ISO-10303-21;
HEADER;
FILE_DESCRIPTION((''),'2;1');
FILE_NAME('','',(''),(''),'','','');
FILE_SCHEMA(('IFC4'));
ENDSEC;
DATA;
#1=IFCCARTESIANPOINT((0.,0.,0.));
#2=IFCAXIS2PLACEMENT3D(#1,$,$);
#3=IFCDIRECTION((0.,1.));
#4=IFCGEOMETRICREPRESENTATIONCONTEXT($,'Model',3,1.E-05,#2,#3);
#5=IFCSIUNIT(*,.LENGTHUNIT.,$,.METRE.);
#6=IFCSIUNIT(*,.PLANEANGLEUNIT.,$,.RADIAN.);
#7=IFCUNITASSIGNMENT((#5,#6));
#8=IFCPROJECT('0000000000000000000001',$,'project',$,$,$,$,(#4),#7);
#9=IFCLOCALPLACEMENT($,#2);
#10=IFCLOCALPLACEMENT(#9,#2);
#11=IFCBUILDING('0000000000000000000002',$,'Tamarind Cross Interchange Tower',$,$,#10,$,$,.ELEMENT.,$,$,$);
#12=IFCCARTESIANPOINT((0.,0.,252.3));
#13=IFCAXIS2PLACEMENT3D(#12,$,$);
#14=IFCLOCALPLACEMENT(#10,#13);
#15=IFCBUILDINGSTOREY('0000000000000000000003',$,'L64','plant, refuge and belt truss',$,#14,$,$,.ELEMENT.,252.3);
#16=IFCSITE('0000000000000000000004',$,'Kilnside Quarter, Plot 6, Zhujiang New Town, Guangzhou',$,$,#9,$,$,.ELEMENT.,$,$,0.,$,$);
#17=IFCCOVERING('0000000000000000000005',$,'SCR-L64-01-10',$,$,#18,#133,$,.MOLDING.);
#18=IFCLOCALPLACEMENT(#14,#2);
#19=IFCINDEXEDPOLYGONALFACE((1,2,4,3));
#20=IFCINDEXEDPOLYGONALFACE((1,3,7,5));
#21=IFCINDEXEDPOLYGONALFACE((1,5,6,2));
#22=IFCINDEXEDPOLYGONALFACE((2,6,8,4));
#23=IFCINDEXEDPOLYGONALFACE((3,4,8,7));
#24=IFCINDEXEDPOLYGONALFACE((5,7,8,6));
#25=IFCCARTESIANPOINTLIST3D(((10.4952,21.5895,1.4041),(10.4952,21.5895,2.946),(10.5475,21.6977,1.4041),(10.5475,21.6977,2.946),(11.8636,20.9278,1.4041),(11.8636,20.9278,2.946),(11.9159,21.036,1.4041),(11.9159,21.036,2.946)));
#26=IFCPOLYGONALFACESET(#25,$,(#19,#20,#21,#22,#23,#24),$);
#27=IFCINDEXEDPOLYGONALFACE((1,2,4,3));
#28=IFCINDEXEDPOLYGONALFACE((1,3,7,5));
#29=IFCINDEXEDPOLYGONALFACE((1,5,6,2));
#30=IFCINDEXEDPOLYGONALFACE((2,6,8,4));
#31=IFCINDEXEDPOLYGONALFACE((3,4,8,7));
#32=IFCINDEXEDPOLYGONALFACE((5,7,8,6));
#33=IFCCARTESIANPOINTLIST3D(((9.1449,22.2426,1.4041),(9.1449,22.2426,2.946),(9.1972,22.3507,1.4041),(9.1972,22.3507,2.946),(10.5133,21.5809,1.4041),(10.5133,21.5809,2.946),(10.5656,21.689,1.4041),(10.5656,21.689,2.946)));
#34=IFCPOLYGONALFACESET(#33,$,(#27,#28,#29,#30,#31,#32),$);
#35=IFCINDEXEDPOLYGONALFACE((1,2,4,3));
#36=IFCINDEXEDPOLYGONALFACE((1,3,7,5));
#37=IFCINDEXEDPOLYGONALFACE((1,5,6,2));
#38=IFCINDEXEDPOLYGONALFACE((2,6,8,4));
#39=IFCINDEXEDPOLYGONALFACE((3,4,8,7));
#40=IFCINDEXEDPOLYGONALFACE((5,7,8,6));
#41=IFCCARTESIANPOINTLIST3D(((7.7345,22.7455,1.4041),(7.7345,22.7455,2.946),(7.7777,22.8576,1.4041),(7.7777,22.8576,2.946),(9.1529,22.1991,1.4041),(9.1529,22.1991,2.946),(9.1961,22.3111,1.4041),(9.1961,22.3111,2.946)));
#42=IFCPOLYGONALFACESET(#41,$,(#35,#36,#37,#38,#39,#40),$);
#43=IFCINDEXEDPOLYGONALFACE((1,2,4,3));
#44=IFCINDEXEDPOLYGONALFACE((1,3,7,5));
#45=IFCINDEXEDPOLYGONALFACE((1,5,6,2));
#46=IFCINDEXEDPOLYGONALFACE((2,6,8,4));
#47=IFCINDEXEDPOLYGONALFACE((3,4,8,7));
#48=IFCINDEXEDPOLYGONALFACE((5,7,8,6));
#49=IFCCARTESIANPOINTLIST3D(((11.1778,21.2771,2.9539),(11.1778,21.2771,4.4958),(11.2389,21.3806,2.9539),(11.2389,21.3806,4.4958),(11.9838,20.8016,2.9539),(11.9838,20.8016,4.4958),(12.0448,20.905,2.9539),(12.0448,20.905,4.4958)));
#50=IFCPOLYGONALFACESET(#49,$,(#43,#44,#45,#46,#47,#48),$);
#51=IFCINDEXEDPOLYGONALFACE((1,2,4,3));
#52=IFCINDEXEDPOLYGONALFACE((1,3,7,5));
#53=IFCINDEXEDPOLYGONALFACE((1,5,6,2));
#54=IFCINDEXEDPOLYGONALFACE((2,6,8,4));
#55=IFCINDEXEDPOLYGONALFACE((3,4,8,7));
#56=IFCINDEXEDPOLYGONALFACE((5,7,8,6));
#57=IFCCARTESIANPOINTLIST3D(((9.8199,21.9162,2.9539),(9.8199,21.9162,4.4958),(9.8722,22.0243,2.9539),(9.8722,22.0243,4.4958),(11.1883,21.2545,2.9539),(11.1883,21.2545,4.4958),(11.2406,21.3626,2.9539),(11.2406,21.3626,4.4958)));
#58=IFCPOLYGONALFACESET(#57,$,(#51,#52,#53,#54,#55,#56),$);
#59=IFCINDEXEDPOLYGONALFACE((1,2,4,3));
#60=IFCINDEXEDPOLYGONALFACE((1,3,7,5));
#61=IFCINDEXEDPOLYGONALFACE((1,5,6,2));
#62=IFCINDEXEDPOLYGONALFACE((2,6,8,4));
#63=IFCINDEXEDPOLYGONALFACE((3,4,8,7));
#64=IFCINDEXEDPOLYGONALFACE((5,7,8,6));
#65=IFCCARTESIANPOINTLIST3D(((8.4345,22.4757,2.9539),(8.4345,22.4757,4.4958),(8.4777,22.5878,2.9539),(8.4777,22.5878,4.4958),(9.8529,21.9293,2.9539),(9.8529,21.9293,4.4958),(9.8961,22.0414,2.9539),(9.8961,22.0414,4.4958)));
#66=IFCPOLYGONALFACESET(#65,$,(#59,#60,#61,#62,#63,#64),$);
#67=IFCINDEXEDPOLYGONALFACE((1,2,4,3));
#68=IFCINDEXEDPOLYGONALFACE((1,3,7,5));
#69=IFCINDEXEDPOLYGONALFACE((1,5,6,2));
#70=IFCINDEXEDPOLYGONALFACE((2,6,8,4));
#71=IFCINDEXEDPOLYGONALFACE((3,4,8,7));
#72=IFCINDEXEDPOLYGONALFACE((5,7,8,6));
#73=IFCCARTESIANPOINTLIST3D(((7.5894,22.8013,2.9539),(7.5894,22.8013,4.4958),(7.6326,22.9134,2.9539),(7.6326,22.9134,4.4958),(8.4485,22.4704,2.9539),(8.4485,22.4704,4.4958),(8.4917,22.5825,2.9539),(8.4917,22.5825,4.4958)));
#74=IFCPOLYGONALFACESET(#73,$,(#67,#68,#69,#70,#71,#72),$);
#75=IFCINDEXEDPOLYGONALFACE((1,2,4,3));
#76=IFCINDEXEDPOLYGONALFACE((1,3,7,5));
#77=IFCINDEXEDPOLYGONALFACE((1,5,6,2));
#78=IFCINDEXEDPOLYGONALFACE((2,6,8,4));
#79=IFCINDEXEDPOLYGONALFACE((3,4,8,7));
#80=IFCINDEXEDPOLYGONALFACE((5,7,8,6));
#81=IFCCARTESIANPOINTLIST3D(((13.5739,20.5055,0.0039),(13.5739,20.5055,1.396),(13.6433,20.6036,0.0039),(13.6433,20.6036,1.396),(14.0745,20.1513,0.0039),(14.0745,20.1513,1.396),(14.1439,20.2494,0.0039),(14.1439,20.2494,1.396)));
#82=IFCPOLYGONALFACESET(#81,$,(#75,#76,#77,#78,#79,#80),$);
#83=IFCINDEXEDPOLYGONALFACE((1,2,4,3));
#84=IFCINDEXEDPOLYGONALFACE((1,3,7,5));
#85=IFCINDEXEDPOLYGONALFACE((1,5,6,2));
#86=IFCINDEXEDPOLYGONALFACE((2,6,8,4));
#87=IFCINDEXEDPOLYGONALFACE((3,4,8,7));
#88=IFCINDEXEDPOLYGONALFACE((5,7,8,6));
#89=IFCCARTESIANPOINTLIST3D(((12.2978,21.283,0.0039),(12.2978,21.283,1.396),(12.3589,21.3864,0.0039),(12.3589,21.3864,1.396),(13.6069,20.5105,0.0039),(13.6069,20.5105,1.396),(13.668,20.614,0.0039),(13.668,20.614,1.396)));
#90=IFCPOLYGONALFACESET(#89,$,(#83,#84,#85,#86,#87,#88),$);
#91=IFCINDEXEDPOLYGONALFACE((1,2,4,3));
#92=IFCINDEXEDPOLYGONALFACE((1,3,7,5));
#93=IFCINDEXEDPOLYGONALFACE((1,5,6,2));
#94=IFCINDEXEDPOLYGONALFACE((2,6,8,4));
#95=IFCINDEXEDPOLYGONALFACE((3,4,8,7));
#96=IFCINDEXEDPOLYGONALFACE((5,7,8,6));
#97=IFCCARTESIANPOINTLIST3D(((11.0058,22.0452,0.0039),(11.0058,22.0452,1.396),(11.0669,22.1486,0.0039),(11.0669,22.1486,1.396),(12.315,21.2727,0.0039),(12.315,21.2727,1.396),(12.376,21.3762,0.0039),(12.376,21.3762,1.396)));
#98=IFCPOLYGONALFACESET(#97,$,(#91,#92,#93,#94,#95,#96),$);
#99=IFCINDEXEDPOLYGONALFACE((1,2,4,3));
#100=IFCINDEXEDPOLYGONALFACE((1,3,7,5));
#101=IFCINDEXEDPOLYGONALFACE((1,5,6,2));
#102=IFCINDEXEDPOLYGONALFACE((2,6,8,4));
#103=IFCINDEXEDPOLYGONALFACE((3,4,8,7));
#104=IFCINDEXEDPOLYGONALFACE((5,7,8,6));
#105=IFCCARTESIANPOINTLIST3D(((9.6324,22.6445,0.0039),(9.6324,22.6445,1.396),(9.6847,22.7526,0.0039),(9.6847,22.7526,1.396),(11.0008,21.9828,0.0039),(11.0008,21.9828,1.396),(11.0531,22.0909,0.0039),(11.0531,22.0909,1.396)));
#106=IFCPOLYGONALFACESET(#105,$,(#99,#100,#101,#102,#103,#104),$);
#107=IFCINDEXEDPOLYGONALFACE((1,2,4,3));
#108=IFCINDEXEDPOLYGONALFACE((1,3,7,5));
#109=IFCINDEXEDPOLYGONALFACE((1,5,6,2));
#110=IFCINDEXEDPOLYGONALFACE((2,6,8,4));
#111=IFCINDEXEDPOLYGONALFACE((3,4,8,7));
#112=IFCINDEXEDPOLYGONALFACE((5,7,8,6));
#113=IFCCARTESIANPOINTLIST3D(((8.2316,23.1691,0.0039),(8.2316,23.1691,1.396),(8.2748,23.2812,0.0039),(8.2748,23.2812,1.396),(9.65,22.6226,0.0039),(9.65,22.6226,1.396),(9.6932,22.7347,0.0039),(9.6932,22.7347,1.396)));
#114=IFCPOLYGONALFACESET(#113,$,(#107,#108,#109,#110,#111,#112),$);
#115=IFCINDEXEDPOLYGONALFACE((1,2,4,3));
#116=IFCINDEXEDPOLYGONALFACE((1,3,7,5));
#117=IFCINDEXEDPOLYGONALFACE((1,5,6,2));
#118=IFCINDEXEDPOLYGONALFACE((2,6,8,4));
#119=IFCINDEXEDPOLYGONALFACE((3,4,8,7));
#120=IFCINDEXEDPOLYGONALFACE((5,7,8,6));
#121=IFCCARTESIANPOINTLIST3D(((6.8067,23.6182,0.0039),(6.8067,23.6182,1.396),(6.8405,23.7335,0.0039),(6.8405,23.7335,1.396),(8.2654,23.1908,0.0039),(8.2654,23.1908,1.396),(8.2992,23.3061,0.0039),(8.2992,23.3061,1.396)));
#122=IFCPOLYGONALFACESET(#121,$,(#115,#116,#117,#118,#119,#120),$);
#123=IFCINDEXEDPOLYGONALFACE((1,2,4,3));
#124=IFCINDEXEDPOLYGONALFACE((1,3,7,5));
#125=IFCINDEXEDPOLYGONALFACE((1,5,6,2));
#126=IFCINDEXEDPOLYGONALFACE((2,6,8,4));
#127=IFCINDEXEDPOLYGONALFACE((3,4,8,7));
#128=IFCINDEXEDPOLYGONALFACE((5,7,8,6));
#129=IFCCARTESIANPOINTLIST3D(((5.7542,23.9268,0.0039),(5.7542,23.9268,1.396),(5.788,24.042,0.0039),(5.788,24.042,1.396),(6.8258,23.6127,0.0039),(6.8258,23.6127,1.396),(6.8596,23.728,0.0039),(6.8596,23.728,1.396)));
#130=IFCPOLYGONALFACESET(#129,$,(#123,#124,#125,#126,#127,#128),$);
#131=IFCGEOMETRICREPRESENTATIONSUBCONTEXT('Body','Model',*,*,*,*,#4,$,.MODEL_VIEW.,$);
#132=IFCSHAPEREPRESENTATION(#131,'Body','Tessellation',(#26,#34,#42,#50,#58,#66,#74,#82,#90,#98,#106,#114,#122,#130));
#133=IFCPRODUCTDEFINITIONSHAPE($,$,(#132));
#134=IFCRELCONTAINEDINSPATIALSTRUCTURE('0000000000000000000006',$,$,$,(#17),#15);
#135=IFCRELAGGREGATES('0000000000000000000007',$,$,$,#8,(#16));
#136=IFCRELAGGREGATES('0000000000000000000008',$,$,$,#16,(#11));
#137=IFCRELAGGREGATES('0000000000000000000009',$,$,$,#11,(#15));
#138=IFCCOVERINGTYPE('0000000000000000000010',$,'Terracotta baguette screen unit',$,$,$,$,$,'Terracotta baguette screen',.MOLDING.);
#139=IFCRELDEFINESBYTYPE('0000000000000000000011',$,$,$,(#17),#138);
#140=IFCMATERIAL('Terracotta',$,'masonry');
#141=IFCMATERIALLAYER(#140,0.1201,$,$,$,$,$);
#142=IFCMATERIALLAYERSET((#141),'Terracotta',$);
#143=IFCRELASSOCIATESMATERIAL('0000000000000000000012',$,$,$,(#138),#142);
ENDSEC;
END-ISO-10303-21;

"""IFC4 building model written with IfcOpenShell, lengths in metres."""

from ifc_helpers import new_model, si_unit, direction, frame, origin, origin_2d, place, context, subcontext, project, spatial, rectangle, extrude, material, layer, layer_set, type_object, element, save


model = new_model("IFC4")

# Units and contexts
model_context = context("Model", 3, precision=1e-05, world=origin(), true_north=direction((0.0, 1.0)))
body_context = subcontext(model_context, "Body", "Model", "MODEL_VIEW")
ifc_project = project(units=[si_unit("LENGTHUNIT", "METRE"), si_unit("PLANEANGLEUNIT", "RADIAN")], contexts=[model_context])

# Site, building, storey
site_placement = place(None, origin())
site = spatial("IfcSite", under=ifc_project, at=site_placement, Name="Kilnside Quarter, Plot 6, Zhujiang New Town, Guangzhou", CompositionType="ELEMENT", RefElevation=0.0)
building_placement = place(site_placement, origin())
building = spatial("IfcBuilding", under=site, at=building_placement, Name="Tamarind Cross Interchange Tower", CompositionType="ELEMENT")
storey_placement = place(building_placement, frame((0.0, 0.0, 252.3)))
storey = spatial("IfcBuildingStorey", under=building, at=storey_placement, Name="L64", Description="plant, refuge and belt truss", CompositionType="ELEMENT", Elevation=252.3)

# Covering
ifc_material_1 = material(Name="Terracotta", Category="masonry")
ifc_layer_1 = layer(ifc_material_1, 0.1201)
ifc_layer_set_1 = layer_set([ifc_layer_1], Name="Terracotta")
covering_type = type_object("IfcCoveringType", Name="Terracotta baguette screen unit", ElementType="Terracotta baguette screen", PredefinedType="MOLDING", material=ifc_layer_set_1)
covering_1_placement = place(storey_placement, origin())
element("IfcCovering", 1, at=covering_1_placement, inside=storey, type_object=covering_type, Name="SCR-L64-01-10", PredefinedType="MOLDING", context=body_context, shape_type="SweptSolid", body=[
    extrude(rectangle(XDim=1.52, YDim=0.1201, at=origin_2d()), frame((11.2056, 21.3127, 1.4041), z_axis=(0.0, 0.0, 1.0), x_axis=(-0.900273, 0.435326, 0.0)), (0.0, 0.0, 1.0), 1.542),
    extrude(rectangle(XDim=1.52, YDim=0.1201, at=origin_2d()), frame((9.8552, 21.9658, 1.4041), z_axis=(0.0, 0.0, 1.0), x_axis=(-0.900273, 0.435326, 0.0)), (0.0, 0.0, 1.0), 1.542),
    extrude(rectangle(XDim=1.52, YDim=0.1201, at=origin_2d()), frame((8.4653, 22.5283, 1.4041), z_axis=(0.0, 0.0, 1.0), x_axis=(-0.933147, 0.359495, 0.0)), (0.0, 0.0, 1.0), 1.542),
    extrude(rectangle(XDim=0.9358, YDim=0.1201, at=origin_2d()), frame((11.6113, 21.0911, 2.9539), z_axis=(0.0, 0.0, 1.0), x_axis=(-0.861249, 0.508183, 0.0)), (0.0, 0.0, 1.0), 1.542),
    extrude(rectangle(XDim=1.52, YDim=0.1201, at=origin_2d()), frame((10.5303, 21.6394, 2.9539), z_axis=(0.0, 0.0, 1.0), x_axis=(-0.900273, 0.435326, 0.0)), (0.0, 0.0, 1.0), 1.542),
    extrude(rectangle(XDim=1.52, YDim=0.1201, at=origin_2d()), frame((9.1653, 22.2585, 2.9539), z_axis=(0.0, 0.0, 1.0), x_axis=(-0.933147, 0.359495, 0.0)), (0.0, 0.0, 1.0), 1.542),
    extrude(rectangle(XDim=0.9207, YDim=0.1201, at=origin_2d()), frame((8.0405, 22.6919, 2.9539), z_axis=(0.0, 0.0, 1.0), x_axis=(-0.933147, 0.359495, 0.0)), (0.0, 0.0, 1.0), 1.542),
    extrude(rectangle(XDim=0.6133, YDim=0.1201, at=origin_2d()), frame((13.8589, 20.3774, 0.0039), z_axis=(0.0, 0.0, 1.0), x_axis=(-0.816342, 0.577569, 0.0)), (0.0, 0.0, 1.0), 1.3921),
    extrude(rectangle(XDim=1.52, YDim=0.1201, at=origin_2d()), frame((12.9829, 20.9485, 0.0039), z_axis=(0.0, 0.0, 1.0), x_axis=(-0.861249, 0.508183, 0.0)), (0.0, 0.0, 1.0), 1.3921),
    extrude(rectangle(XDim=1.52, YDim=0.1201, at=origin_2d()), frame((11.6909, 21.7107, 0.0039), z_axis=(0.0, 0.0, 1.0), x_axis=(-0.861249, 0.508183, 0.0)), (0.0, 0.0, 1.0), 1.3921),
    extrude(rectangle(XDim=1.52, YDim=0.1201, at=origin_2d()), frame((10.3428, 22.3677, 0.0039), z_axis=(0.0, 0.0, 1.0), x_axis=(-0.900273, 0.435326, 0.0)), (0.0, 0.0, 1.0), 1.3921),
    extrude(rectangle(XDim=1.52, YDim=0.1201, at=origin_2d()), frame((8.9624, 22.9519, 0.0039), z_axis=(0.0, 0.0, 1.0), x_axis=(-0.933147, 0.359495, 0.0)), (0.0, 0.0, 1.0), 1.3921),
    extrude(rectangle(XDim=1.52, YDim=0.1201, at=origin_2d()), frame((7.553, 23.4622, 0.0039), z_axis=(0.0, 0.0, 1.0), x_axis=(-0.959647, 0.281209, 0.0)), (0.0, 0.0, 1.0), 1.3921),
    extrude(rectangle(XDim=1.1167, YDim=0.1201, at=origin_2d()), frame((6.3069, 23.8274, 0.0039), z_axis=(0.0, 0.0, 1.0), x_axis=(-0.959647, 0.281209, 0.0)), (0.0, 0.0, 1.0), 1.3921),
])

save(model, "model.ifc")
